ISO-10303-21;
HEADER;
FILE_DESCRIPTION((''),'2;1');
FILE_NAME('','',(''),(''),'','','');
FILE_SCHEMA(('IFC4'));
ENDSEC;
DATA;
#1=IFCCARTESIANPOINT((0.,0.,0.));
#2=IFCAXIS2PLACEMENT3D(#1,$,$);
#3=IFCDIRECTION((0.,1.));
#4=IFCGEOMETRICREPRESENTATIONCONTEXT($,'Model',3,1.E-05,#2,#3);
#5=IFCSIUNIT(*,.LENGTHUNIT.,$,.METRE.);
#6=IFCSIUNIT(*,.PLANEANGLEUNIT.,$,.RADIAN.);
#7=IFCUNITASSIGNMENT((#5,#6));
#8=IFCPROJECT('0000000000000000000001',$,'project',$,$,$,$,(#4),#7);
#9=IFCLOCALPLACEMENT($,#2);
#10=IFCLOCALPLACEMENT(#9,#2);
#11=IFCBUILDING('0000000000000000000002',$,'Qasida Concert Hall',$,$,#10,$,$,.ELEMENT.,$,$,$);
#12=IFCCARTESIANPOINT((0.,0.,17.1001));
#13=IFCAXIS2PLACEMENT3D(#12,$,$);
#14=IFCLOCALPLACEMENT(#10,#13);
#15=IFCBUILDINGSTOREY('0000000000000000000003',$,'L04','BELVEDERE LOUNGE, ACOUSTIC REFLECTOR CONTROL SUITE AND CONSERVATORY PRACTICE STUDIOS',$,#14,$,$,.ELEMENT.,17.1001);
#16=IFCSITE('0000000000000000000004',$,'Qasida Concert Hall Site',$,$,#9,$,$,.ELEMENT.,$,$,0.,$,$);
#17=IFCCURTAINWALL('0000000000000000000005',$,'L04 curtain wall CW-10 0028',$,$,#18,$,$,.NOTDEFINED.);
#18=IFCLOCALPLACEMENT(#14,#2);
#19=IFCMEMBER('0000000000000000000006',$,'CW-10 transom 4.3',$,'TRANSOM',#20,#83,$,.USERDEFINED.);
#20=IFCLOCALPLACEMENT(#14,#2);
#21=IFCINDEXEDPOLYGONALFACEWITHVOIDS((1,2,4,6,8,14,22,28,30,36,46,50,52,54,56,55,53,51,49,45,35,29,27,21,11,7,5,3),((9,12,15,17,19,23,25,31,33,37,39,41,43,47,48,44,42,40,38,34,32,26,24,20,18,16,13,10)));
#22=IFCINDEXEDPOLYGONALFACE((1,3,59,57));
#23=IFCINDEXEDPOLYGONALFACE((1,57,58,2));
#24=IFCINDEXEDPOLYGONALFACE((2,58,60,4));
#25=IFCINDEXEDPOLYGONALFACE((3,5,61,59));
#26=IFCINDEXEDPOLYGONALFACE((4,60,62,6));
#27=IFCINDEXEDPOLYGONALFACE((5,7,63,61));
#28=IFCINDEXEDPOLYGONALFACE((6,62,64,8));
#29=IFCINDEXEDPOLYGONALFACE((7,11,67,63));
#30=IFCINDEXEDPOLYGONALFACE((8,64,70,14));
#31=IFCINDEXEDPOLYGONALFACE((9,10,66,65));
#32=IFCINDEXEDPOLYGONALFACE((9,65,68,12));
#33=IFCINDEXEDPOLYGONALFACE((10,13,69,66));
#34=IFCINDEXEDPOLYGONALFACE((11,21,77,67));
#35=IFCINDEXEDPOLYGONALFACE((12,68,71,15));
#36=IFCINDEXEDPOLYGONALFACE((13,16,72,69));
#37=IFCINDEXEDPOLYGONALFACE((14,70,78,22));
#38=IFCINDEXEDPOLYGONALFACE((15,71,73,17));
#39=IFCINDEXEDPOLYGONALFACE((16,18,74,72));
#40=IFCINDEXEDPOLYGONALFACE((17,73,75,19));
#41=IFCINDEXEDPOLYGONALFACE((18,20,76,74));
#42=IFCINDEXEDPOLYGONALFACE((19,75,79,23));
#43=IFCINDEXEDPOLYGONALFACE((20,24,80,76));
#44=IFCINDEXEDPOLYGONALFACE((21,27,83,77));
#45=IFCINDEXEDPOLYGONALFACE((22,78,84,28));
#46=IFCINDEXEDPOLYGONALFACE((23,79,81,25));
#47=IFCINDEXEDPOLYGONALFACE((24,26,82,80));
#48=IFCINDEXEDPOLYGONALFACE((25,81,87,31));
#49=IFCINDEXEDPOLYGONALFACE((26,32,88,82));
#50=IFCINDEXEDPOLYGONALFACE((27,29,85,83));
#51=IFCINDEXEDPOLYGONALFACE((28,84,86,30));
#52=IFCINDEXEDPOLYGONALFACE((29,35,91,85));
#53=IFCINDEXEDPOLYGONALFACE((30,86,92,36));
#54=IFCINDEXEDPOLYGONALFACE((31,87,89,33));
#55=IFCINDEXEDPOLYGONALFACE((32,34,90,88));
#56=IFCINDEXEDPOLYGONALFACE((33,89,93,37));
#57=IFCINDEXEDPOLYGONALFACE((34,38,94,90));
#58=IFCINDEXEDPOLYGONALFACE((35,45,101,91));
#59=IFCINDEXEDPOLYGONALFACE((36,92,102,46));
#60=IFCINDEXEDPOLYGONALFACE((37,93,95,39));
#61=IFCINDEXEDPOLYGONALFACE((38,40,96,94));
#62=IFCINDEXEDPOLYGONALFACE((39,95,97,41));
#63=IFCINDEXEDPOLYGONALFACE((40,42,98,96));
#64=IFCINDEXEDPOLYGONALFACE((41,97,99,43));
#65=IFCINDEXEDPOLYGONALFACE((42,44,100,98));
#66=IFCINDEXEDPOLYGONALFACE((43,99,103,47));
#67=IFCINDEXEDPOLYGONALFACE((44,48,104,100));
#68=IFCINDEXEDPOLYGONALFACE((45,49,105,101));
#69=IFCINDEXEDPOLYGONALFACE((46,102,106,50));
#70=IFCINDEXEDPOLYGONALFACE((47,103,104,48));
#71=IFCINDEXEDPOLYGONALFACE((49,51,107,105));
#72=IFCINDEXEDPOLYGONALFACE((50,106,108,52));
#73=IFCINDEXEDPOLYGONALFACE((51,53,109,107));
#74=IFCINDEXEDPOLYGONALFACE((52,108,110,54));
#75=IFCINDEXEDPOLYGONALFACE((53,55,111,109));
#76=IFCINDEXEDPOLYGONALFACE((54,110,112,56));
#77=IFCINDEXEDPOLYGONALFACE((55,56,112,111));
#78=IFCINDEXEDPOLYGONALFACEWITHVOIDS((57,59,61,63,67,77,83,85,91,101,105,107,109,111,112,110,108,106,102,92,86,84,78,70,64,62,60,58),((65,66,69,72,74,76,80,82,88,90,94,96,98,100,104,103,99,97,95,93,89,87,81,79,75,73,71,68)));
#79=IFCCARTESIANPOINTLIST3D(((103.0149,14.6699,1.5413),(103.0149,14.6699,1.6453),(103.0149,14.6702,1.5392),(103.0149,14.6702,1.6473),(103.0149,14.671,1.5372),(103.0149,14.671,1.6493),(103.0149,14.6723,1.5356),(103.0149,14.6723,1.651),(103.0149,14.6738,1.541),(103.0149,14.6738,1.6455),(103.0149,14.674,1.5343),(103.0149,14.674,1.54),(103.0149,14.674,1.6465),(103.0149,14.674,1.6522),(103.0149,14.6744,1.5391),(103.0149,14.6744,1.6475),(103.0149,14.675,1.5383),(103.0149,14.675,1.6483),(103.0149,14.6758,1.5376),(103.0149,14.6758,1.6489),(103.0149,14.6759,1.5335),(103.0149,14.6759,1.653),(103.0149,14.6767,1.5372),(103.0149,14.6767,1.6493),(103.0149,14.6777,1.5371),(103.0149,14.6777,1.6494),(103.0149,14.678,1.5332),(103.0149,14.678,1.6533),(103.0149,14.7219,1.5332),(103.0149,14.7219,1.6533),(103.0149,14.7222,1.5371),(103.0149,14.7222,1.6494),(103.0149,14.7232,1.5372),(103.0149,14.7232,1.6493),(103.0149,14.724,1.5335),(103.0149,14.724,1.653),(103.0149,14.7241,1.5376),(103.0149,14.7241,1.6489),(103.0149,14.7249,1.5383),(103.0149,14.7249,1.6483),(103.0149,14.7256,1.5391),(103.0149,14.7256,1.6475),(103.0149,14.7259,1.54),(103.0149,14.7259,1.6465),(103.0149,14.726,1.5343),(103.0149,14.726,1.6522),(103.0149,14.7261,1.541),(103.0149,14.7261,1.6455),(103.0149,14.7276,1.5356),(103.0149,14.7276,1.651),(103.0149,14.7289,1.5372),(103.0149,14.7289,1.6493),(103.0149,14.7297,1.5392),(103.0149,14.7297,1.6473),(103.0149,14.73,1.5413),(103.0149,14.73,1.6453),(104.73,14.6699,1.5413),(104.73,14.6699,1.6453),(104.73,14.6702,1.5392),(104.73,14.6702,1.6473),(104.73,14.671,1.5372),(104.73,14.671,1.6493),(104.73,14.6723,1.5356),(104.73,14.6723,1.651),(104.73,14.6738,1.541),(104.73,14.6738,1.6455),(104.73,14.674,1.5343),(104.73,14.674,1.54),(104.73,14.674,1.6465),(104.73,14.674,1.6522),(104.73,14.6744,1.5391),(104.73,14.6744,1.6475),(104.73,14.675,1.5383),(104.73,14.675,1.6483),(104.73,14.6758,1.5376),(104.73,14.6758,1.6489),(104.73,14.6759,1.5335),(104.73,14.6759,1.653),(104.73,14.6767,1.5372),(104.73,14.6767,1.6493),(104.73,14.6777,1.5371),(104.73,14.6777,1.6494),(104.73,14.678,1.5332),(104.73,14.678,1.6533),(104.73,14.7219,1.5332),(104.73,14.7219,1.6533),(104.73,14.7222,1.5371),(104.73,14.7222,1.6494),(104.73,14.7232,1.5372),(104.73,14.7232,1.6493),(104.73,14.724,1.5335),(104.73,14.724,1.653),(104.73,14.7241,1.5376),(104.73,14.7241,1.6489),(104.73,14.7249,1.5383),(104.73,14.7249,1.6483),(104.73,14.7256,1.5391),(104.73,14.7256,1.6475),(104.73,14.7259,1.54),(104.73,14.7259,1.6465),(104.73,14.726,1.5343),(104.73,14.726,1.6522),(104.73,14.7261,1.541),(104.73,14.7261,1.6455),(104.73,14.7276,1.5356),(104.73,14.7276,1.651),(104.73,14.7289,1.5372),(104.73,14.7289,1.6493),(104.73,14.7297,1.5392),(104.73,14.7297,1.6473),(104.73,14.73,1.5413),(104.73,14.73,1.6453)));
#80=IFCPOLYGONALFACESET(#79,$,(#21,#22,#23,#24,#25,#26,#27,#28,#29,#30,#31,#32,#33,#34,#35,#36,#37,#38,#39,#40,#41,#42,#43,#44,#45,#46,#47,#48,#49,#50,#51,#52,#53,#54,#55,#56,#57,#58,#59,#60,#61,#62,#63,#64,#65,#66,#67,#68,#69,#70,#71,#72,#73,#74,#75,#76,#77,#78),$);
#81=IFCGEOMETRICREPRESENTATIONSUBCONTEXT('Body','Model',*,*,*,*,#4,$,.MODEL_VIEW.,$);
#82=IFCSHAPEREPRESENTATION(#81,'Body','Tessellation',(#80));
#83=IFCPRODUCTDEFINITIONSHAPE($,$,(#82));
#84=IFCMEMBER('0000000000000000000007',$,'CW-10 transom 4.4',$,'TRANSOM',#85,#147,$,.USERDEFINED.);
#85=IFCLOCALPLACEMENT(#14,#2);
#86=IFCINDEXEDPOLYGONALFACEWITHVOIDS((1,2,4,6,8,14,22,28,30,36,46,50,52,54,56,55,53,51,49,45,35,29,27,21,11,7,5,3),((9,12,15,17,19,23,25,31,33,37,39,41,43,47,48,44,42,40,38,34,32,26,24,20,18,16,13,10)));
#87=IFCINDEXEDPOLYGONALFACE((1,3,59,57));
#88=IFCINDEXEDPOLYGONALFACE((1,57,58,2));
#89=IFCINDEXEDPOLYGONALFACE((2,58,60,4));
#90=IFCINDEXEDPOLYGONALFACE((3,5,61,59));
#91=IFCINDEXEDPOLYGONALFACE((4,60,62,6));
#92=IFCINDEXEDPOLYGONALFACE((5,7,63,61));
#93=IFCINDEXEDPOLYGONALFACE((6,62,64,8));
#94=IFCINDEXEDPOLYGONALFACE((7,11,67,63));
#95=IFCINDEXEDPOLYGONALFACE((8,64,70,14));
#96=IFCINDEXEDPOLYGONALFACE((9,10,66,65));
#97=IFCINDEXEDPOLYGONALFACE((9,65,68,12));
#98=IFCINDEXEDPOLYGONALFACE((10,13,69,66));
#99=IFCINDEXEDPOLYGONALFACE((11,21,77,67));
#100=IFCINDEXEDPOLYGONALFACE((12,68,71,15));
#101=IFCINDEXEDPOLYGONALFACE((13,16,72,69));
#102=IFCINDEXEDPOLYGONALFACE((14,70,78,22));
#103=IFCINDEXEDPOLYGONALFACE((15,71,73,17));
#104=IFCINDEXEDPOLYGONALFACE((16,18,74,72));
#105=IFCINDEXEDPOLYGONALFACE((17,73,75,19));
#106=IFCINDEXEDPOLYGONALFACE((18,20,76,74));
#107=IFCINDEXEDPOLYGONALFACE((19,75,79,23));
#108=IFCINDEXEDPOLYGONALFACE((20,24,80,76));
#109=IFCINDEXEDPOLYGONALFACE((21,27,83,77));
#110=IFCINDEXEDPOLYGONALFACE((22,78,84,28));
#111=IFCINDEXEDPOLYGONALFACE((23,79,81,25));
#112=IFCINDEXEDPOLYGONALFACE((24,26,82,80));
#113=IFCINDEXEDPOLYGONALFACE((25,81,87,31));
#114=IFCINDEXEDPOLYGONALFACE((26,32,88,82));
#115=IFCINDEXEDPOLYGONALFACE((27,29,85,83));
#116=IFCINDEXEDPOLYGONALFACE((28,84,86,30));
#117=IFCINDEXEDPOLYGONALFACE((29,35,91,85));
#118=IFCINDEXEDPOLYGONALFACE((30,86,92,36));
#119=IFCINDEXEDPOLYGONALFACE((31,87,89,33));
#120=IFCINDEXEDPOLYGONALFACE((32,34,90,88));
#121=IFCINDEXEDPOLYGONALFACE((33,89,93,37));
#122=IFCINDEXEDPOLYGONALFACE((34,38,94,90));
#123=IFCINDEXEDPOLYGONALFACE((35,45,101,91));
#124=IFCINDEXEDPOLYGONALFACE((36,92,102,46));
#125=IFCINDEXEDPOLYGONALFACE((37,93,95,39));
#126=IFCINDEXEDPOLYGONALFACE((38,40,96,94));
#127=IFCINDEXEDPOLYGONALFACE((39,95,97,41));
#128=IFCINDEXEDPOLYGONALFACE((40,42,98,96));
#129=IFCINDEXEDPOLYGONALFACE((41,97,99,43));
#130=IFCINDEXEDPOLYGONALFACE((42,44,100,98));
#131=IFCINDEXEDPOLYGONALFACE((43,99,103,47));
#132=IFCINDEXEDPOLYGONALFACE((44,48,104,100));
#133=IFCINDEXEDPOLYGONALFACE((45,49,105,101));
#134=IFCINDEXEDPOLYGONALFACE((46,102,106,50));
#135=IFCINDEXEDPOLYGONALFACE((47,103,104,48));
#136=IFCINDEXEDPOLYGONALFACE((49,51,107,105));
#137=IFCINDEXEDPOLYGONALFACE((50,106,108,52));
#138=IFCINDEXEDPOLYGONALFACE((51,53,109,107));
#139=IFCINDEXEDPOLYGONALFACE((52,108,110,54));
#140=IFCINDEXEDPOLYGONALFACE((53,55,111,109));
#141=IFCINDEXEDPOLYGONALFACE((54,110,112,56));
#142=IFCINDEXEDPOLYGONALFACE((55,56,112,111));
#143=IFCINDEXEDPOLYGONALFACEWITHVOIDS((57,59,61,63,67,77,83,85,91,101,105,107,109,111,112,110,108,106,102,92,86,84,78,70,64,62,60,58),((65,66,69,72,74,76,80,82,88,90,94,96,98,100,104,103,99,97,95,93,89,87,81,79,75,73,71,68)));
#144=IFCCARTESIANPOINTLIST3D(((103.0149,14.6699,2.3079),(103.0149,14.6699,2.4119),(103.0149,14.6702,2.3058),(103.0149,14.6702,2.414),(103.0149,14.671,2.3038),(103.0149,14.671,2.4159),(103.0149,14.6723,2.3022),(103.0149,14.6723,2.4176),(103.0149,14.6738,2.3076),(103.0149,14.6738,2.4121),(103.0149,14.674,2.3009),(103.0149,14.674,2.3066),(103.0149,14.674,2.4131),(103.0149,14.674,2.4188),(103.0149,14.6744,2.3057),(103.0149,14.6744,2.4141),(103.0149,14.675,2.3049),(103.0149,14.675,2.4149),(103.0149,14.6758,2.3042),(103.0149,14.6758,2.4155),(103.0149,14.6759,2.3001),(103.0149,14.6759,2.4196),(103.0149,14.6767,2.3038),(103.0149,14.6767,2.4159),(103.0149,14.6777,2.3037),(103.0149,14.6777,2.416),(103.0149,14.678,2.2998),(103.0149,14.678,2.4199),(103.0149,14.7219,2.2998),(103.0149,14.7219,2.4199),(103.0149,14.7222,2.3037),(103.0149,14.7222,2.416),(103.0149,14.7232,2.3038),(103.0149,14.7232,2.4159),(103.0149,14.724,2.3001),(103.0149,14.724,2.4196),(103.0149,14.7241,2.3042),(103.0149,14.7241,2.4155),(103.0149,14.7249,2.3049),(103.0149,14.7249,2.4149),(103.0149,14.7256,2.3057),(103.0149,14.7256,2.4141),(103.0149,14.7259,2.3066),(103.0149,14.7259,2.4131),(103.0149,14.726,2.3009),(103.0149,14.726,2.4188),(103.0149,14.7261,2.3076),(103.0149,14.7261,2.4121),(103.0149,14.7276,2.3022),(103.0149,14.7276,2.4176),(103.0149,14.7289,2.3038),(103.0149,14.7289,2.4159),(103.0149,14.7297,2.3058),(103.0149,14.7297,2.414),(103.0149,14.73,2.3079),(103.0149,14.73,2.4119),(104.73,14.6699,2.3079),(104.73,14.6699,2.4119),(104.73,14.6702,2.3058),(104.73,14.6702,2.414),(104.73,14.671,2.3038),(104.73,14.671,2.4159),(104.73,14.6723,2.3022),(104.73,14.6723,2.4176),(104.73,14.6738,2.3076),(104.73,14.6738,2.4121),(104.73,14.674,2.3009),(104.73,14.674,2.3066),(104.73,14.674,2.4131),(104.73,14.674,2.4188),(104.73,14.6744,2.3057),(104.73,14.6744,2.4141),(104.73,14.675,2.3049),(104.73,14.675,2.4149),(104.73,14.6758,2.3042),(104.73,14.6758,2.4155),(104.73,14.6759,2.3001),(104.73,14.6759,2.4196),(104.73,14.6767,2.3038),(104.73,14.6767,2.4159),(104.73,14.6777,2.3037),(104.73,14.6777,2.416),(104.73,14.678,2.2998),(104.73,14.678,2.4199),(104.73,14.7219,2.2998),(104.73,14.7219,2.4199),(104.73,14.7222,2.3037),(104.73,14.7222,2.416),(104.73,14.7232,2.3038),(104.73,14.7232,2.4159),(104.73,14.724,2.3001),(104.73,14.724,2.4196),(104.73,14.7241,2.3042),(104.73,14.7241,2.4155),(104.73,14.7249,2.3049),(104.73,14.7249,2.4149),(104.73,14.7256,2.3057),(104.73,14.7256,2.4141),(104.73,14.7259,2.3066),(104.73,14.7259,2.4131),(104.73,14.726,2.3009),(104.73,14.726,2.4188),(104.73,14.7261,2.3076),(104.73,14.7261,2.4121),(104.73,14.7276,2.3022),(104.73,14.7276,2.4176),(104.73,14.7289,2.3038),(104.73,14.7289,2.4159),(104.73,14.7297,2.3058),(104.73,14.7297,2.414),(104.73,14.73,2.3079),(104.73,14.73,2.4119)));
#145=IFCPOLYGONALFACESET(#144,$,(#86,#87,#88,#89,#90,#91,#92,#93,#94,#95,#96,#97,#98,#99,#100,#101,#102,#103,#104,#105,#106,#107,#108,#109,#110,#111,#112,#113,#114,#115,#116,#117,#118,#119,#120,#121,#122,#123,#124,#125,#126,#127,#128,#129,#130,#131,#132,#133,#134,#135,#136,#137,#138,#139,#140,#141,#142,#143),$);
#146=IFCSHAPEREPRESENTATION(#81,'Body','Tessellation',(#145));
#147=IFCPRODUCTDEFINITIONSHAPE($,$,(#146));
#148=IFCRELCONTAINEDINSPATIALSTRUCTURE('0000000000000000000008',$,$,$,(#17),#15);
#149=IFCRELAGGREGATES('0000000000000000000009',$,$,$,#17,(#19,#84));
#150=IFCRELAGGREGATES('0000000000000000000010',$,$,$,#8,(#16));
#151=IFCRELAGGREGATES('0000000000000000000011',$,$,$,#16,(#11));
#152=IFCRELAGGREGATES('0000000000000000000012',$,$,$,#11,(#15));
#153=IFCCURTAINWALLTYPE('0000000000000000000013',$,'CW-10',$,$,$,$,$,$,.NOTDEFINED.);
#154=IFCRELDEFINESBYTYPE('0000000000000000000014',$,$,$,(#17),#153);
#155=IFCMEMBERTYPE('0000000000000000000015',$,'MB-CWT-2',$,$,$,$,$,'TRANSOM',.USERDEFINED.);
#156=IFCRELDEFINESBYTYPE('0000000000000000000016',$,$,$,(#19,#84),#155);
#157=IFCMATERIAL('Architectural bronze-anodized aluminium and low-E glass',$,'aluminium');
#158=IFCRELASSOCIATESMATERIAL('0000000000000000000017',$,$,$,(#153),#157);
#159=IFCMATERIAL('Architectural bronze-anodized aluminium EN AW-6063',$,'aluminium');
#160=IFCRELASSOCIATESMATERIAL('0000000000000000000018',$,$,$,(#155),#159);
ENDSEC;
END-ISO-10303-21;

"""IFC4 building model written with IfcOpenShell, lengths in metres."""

from ifc_helpers import new_model, si_unit, direction, frame, origin, origin_2d, place, context, subcontext, project, spatial, hollow_rectangle, extrude, material, material_profile, profile_set, type_object, element, aggregate, save


model = new_model("IFC4")

# Units and contexts
model_context = context("Model", 3, precision=1e-05, world=origin(), true_north=direction((0.0, 1.0)))
body_context = subcontext(model_context, "Body", "Model", "MODEL_VIEW")
ifc_project = project(units=[si_unit("LENGTHUNIT", "METRE"), si_unit("PLANEANGLEUNIT", "RADIAN")], contexts=[model_context])

# Site, building, storey
site_placement = place(None, origin())
site = spatial("IfcSite", under=ifc_project, at=site_placement, Name="Qasida Concert Hall Site", CompositionType="ELEMENT", RefElevation=0.0)
building_placement = place(site_placement, origin())
building = spatial("IfcBuilding", under=site, at=building_placement, Name="Qasida Concert Hall", CompositionType="ELEMENT")
storey_placement = place(building_placement, frame((0.0, 0.0, 17.1001)))
storey = spatial("IfcBuildingStorey", under=building, at=storey_placement, Name="L04", Description="BELVEDERE LOUNGE, ACOUSTIC REFLECTOR CONTROL SUITE AND CONSERVATORY PRACTICE STUDIOS", CompositionType="ELEMENT", Elevation=17.1001)

# Curtain wall, members
ifc_material_1 = material(Name="Architectural bronze-anodized aluminium and low-E glass", Category="aluminium")
curtain_wall_type = type_object("IfcCurtainWallType", Name="CW-10", PredefinedType="NOTDEFINED", material=ifc_material_1)
curtain_wall_placement = place(storey_placement, origin())
curtain_wall = element("IfcCurtainWall", 1, at=curtain_wall_placement, inside=storey, type_object=curtain_wall_type, Name="L04 curtain wall CW-10 0028", PredefinedType="NOTDEFINED")
ifc_material_2 = material(Name="Architectural bronze-anodized aluminium EN AW-6063", Category="aluminium")
ifc_material_profile_1 = material_profile(ifc_material_2, hollow_rectangle(XDim=0.0601, YDim=0.1201, WallThickness=0.0039, InnerFilletRadius=0.0039, OuterFilletRadius=0.0081, at=origin_2d()), Name="CWT 120x60x4")
ifc_profile_set_1 = profile_set([ifc_material_profile_1], Name="Architectural bronze-anodized aluminium EN AW-6063")
member_type_1 = type_object("IfcMemberType", Name="MB-CWT-2", ElementType="TRANSOM", PredefinedType="USERDEFINED", material=ifc_profile_set_1)
member_1_placement = place(storey_placement, frame((103.0149, 14.7, 1.5933), z_axis=(1.0, 0.0, 0.0), x_axis=(0.0, 1.0, 0.0)))
member_1 = element("IfcMember", 2, at=member_1_placement, type_object=member_type_1, Name="CW-10 transom 4.3", ObjectType="TRANSOM", PredefinedType="USERDEFINED", context=body_context, shape_type="SweptSolid", body=[
    extrude(hollow_rectangle(XDim=0.0601, YDim=0.1201, WallThickness=0.0039, InnerFilletRadius=0.0039, OuterFilletRadius=0.0081, at=origin_2d()), origin(), (0.0, 0.0, 1.0), 1.7151),
])
member_2_placement = place(storey_placement, frame((103.0149, 14.7, 2.3599), z_axis=(1.0, 0.0, 0.0), x_axis=(0.0, 1.0, 0.0)))
member_2 = element("IfcMember", 3, at=member_2_placement, type_object=member_type_1, Name="CW-10 transom 4.4", ObjectType="TRANSOM", PredefinedType="USERDEFINED", context=body_context, shape_type="SweptSolid", body=[
    extrude(hollow_rectangle(XDim=0.0601, YDim=0.1201, WallThickness=0.0039, InnerFilletRadius=0.0039, OuterFilletRadius=0.0081, at=origin_2d()), origin(), (0.0, 0.0, 1.0), 1.7151),
])

aggregate(curtain_wall, [member_1, member_2])

save(model, "model.ifc")
